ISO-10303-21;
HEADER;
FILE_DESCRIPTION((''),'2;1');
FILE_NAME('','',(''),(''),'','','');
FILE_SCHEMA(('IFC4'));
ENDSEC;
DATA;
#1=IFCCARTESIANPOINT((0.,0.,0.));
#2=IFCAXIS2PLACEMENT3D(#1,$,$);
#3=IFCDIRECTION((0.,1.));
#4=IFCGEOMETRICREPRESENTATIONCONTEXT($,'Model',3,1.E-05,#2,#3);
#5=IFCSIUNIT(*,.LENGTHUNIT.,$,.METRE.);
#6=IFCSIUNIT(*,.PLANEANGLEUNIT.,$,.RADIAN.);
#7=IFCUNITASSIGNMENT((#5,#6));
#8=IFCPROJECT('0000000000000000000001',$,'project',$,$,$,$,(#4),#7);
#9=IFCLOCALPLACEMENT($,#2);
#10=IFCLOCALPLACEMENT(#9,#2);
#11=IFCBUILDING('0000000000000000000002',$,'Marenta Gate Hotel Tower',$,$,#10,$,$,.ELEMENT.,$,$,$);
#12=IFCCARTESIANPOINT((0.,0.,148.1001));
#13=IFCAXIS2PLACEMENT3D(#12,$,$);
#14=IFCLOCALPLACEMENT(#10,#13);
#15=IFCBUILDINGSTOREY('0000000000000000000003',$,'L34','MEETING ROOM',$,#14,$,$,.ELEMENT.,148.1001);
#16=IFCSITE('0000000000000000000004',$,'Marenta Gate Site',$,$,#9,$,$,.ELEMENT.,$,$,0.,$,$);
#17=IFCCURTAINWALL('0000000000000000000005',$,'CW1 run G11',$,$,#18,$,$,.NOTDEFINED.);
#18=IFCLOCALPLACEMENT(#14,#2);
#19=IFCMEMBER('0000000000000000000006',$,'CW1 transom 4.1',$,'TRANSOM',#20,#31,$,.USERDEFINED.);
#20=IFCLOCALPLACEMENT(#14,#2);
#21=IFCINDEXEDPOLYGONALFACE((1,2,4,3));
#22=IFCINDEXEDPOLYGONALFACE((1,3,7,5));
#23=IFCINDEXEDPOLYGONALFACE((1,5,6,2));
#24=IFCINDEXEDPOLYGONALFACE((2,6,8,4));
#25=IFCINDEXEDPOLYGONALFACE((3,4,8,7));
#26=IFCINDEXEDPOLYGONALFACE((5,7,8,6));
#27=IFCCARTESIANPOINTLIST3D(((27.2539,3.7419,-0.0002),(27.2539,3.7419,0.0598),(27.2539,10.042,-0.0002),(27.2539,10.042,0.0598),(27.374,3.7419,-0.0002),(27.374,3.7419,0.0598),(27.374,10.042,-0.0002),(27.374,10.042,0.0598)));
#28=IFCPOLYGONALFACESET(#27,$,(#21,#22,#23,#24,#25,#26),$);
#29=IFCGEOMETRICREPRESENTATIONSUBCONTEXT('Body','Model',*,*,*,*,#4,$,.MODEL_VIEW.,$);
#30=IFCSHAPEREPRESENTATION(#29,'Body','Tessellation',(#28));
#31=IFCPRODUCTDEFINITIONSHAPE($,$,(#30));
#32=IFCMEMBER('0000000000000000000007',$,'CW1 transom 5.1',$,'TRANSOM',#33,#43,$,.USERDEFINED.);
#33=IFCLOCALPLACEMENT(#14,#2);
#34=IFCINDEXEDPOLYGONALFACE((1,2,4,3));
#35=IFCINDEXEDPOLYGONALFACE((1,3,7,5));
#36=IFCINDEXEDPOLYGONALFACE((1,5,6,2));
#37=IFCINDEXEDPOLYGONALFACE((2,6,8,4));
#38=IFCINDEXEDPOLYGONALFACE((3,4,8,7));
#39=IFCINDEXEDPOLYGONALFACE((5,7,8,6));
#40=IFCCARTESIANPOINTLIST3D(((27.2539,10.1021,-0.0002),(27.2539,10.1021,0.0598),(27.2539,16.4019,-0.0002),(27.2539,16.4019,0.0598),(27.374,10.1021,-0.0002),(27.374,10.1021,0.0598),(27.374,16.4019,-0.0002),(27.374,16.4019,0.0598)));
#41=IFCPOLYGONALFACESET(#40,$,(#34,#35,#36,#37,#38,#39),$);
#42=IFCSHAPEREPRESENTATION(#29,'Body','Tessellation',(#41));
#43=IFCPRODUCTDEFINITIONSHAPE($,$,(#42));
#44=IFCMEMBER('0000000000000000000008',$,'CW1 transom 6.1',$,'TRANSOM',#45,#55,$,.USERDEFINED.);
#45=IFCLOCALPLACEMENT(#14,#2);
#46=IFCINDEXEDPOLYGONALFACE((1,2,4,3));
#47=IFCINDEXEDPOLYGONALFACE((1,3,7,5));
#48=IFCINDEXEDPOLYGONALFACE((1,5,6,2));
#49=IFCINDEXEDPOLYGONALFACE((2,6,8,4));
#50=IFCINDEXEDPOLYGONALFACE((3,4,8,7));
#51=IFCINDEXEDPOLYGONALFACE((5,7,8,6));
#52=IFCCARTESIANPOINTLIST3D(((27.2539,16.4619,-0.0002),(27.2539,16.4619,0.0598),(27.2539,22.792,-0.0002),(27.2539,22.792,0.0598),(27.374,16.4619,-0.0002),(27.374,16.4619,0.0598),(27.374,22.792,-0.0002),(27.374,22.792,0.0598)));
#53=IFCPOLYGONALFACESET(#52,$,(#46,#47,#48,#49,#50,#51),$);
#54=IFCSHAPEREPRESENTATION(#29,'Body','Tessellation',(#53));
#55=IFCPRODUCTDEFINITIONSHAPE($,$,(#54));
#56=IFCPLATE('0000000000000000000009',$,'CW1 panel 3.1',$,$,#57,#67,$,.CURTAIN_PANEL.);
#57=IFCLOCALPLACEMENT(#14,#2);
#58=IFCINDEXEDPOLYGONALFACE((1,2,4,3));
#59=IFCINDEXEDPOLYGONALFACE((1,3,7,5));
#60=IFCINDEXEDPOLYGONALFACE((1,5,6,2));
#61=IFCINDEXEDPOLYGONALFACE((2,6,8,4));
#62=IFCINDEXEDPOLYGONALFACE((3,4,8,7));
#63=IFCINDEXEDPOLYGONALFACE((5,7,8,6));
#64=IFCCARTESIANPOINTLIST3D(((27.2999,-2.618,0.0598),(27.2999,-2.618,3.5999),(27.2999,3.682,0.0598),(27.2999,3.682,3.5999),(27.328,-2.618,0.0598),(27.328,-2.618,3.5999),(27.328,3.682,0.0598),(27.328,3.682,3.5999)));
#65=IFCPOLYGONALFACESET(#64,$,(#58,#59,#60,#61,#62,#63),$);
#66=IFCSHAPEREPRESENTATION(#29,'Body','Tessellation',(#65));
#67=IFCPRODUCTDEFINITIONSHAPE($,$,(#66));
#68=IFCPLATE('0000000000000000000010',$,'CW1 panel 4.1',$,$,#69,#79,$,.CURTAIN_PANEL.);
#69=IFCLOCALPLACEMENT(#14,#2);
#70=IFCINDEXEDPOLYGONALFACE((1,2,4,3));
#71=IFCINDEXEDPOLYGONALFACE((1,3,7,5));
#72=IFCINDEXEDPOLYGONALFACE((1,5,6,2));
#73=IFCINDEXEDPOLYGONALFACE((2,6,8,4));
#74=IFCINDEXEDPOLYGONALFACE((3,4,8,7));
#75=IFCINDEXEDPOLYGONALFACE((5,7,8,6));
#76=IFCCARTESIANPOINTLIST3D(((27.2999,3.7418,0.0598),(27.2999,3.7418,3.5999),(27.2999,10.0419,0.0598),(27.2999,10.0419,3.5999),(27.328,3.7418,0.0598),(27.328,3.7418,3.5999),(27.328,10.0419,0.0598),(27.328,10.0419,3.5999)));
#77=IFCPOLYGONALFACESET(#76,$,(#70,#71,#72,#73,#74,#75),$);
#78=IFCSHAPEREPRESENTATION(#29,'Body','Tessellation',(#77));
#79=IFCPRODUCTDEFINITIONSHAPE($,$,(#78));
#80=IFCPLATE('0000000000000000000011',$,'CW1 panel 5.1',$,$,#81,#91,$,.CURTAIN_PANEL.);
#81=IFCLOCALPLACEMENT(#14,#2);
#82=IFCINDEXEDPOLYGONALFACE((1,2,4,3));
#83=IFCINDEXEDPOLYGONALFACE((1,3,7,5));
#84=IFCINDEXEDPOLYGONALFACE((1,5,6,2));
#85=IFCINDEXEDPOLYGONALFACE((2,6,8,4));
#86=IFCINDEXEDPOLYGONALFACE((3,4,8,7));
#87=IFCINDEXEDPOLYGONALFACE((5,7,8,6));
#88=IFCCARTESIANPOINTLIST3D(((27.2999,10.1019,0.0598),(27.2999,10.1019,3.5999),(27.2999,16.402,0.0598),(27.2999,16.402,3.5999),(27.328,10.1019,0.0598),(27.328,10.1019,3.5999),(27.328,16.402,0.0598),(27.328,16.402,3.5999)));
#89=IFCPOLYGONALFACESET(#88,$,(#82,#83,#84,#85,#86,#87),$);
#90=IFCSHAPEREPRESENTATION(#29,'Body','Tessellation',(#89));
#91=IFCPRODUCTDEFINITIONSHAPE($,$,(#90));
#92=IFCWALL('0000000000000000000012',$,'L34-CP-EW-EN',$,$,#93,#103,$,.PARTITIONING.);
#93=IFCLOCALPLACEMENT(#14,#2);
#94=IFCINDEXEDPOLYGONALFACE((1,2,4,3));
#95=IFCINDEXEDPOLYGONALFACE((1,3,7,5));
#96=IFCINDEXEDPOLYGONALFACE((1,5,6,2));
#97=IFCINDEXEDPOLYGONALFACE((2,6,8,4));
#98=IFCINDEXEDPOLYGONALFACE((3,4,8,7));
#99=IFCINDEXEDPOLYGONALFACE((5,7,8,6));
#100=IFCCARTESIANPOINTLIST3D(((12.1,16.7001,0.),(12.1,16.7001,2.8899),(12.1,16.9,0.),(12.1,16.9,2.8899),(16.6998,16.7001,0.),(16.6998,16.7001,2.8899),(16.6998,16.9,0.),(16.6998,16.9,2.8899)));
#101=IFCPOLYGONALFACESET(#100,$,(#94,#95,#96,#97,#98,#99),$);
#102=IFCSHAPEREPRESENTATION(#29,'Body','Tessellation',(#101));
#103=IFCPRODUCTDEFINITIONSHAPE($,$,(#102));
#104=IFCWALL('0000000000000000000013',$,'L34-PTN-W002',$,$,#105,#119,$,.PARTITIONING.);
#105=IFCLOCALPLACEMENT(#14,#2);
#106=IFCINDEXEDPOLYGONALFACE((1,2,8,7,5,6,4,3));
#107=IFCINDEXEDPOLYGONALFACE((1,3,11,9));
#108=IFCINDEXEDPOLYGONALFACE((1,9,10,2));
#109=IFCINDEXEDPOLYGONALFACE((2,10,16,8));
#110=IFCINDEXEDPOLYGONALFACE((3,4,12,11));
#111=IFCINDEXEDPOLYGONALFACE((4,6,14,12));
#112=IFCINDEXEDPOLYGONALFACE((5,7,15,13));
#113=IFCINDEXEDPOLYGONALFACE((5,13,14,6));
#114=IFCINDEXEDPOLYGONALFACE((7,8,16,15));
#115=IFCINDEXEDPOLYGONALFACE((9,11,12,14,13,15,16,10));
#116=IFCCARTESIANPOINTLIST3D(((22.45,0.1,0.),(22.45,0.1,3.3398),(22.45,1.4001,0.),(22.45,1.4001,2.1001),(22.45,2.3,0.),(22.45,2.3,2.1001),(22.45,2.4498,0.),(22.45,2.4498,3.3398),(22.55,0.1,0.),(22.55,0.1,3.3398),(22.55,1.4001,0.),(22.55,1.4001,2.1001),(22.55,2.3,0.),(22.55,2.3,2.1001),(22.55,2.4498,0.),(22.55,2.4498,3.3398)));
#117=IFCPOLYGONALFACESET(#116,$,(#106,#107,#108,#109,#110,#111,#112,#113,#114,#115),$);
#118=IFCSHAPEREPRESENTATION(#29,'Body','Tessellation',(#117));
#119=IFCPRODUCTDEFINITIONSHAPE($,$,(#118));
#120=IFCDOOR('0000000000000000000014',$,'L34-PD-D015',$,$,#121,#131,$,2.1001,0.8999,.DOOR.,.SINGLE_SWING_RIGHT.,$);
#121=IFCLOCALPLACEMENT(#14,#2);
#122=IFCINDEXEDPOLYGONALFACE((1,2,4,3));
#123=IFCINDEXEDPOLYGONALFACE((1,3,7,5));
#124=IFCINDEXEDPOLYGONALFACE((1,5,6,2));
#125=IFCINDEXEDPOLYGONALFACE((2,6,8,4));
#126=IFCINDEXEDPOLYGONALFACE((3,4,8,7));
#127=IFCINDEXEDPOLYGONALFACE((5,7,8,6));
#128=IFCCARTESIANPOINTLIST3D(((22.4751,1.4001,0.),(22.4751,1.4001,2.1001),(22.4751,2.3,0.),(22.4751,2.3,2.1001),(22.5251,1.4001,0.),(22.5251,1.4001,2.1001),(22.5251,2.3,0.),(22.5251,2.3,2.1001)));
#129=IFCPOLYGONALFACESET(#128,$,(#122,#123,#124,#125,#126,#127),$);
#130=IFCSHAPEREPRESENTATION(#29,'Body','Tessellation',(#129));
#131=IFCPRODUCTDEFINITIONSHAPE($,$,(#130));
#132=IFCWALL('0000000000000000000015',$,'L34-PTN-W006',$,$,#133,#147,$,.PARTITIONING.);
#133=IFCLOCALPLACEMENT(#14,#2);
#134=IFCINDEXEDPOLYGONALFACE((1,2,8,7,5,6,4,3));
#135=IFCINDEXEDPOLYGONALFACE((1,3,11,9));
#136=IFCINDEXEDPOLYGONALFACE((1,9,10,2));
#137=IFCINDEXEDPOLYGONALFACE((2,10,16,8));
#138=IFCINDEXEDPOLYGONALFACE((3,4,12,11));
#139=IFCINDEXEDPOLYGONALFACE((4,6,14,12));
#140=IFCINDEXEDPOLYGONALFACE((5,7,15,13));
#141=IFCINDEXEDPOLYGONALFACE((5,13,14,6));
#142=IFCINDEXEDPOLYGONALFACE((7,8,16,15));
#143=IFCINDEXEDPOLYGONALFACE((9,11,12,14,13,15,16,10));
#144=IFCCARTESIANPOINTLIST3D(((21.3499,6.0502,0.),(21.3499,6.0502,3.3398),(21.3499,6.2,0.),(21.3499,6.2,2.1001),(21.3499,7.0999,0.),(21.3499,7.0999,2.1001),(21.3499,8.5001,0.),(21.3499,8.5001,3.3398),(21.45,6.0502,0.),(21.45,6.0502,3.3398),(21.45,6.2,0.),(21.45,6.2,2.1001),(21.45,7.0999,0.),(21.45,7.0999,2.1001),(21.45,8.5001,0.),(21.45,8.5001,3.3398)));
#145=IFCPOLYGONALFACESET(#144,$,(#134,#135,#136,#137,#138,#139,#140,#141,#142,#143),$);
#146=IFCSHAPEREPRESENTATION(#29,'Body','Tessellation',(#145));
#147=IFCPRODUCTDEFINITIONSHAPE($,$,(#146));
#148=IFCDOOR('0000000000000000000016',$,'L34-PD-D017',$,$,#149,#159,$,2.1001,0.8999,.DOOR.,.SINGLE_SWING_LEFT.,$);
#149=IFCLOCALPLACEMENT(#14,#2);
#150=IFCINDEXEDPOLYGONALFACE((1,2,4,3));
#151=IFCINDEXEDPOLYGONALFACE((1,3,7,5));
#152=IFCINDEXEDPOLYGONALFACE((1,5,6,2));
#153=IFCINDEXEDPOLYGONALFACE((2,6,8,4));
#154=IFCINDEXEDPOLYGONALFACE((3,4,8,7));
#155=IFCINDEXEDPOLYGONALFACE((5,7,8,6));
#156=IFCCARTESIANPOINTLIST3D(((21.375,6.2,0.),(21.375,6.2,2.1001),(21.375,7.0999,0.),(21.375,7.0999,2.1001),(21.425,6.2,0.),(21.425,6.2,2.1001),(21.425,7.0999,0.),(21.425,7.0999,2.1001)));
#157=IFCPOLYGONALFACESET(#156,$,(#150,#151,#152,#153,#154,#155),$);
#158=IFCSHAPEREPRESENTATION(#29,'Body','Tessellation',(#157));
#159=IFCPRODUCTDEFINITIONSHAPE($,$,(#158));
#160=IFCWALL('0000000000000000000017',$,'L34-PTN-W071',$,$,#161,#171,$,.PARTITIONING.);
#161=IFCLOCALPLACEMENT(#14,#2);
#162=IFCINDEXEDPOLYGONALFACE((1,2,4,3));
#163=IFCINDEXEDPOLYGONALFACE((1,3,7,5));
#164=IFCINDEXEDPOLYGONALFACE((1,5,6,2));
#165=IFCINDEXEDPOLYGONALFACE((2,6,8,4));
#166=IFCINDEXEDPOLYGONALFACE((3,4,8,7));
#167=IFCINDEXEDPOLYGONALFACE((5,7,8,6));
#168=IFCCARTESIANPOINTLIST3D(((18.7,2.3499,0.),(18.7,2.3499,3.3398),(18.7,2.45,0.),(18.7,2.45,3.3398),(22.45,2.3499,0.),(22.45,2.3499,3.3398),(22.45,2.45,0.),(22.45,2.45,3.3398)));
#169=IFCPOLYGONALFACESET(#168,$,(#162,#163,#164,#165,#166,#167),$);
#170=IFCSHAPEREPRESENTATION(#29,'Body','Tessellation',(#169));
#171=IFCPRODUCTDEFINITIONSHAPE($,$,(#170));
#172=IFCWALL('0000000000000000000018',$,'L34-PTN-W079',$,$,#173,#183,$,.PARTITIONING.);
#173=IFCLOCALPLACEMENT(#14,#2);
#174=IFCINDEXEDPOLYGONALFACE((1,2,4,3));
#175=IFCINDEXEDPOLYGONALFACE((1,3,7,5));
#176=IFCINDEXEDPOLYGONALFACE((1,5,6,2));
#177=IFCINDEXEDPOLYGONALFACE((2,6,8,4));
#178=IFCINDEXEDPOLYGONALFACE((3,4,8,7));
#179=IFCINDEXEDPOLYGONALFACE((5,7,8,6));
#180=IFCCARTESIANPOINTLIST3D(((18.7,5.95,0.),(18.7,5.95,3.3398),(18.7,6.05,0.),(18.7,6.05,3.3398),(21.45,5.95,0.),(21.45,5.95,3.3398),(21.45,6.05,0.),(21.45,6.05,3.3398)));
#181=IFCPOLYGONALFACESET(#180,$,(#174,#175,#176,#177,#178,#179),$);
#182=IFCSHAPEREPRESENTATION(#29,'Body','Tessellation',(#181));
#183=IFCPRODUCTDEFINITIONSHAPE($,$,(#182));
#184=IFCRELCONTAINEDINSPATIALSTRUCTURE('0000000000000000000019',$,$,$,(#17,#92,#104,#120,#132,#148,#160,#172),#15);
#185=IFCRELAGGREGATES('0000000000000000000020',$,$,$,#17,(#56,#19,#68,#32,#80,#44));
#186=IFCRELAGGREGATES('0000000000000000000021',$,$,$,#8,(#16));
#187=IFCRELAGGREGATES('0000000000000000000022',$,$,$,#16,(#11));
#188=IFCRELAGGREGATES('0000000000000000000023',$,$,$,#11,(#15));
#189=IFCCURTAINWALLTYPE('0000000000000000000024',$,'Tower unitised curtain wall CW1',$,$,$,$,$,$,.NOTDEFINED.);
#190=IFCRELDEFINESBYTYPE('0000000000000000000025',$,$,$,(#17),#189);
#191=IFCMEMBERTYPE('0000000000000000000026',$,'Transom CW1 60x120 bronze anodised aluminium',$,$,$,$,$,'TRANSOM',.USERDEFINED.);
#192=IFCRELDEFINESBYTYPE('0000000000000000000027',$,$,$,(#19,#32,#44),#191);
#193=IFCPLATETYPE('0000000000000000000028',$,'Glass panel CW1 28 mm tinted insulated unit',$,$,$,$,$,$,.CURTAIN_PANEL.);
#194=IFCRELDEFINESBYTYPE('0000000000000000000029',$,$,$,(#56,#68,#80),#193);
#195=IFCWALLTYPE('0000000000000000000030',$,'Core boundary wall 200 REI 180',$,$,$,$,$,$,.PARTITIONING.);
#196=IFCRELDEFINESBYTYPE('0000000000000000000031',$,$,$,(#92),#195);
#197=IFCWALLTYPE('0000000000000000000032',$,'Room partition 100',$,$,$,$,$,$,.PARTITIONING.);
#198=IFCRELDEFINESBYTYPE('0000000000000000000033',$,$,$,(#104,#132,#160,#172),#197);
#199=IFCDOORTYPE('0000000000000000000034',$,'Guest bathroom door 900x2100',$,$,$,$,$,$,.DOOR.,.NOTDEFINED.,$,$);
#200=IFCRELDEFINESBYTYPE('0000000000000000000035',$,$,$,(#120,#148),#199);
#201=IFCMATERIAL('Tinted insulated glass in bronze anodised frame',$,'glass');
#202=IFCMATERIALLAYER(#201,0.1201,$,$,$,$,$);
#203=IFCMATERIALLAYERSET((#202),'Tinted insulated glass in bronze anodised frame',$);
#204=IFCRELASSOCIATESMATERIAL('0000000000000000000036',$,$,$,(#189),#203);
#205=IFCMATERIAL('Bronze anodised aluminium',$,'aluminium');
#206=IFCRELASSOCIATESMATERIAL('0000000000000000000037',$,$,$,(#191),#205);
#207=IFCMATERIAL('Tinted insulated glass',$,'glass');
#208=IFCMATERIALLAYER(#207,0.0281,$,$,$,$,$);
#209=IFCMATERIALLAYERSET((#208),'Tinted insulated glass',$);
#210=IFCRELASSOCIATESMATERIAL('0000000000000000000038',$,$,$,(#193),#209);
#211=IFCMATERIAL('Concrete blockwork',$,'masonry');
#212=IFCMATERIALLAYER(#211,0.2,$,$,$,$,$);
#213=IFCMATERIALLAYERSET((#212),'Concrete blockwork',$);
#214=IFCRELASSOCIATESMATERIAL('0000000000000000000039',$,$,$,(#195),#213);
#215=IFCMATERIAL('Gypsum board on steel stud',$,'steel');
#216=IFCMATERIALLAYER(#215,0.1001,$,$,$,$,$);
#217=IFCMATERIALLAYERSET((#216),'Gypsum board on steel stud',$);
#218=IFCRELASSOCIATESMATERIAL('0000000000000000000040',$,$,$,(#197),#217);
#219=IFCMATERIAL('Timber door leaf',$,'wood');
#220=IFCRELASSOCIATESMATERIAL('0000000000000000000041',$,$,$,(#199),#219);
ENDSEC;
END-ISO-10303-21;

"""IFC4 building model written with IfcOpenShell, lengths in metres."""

from ifc_helpers import new_model, si_unit, direction, frame, frame_2d, origin, origin_2d, place, context, subcontext, project, spatial, rectangle, extrude, material, layer, layer_set, material_profile, profile_set, type_object, element, fill, aggregate, save


model = new_model("IFC4")

# Units and contexts
model_context = context("Model", 3, precision=1e-05, world=origin(), true_north=direction((0.0, 1.0)))
body_context = subcontext(model_context, "Body", "Model", "MODEL_VIEW")
ifc_project = project(units=[si_unit("LENGTHUNIT", "METRE"), si_unit("PLANEANGLEUNIT", "RADIAN")], contexts=[model_context])

# Site, building, storey
site_placement = place(None, origin())
site = spatial("IfcSite", under=ifc_project, at=site_placement, Name="Marenta Gate Site", CompositionType="ELEMENT", RefElevation=0.0)
building_placement = place(site_placement, origin())
building = spatial("IfcBuilding", under=site, at=building_placement, Name="Marenta Gate Hotel Tower", CompositionType="ELEMENT")
storey_placement = place(building_placement, frame((0.0, 0.0, 148.1001)))
storey = spatial("IfcBuildingStorey", under=building, at=storey_placement, Name="L34", Description="MEETING ROOM", CompositionType="ELEMENT", Elevation=148.1001)

# Curtain wall, members, plates
ifc_material_1 = material(Name="Tinted insulated glass in bronze anodised frame", Category="glass")
ifc_layer_1 = layer(ifc_material_1, 0.1201)
ifc_layer_set_1 = layer_set([ifc_layer_1], Name="Tinted insulated glass in bronze anodised frame")
curtain_wall_type = type_object("IfcCurtainWallType", Name="Tower unitised curtain wall CW1", PredefinedType="NOTDEFINED", material=ifc_layer_set_1)
curtain_wall_placement = place(storey_placement, origin())
curtain_wall = element("IfcCurtainWall", 1, at=curtain_wall_placement, inside=storey, type_object=curtain_wall_type, Name="CW1 run G11", PredefinedType="NOTDEFINED")
ifc_material_2 = material(Name="Bronze anodised aluminium", Category="aluminium")
ifc_material_profile_1 = material_profile(ifc_material_2, rectangle(XDim=0.1201, YDim=0.0601, at=origin_2d()), Name="Transom CW1 60x120 bronze anodised aluminium")
ifc_profile_set_1 = profile_set([ifc_material_profile_1], Name="Bronze anodised aluminium")
member_type_1 = type_object("IfcMemberType", Name="Transom CW1 60x120 bronze anodised aluminium", ElementType="TRANSOM", PredefinedType="USERDEFINED", material=ifc_profile_set_1)
member_1_placement = place(storey_placement, frame((27.314, 3.7419, 0.0298), z_axis=(0.0, 1.0, 0.0), x_axis=(-1.0, 0.0, 0.0)))
member_1 = element("IfcMember", 2, at=member_1_placement, type_object=member_type_1, Name="CW1 transom 4.1", ObjectType="TRANSOM", PredefinedType="USERDEFINED", context=body_context, shape_type="SweptSolid", body=[
    extrude(rectangle(XDim=0.1201, YDim=0.0601, at=origin_2d()), origin(), (0.0, 0.0, 1.0), 6.3),
])
member_2_placement = place(storey_placement, frame((27.314, 10.1021, 0.0298), z_axis=(0.0, 1.0, 0.0), x_axis=(-1.0, 0.0, 0.0)))
member_2 = element("IfcMember", 3, at=member_2_placement, type_object=member_type_1, Name="CW1 transom 5.1", ObjectType="TRANSOM", PredefinedType="USERDEFINED", context=body_context, shape_type="SweptSolid", body=[
    extrude(rectangle(XDim=0.1201, YDim=0.0601, at=origin_2d()), origin(), (0.0, 0.0, 1.0), 6.2998),
])
member_3_placement = place(storey_placement, frame((27.314, 16.4619, 0.0298), z_axis=(0.0, 1.0, 0.0), x_axis=(-1.0, 0.0, 0.0)))
member_3 = element("IfcMember", 4, at=member_3_placement, type_object=member_type_1, Name="CW1 transom 6.1", ObjectType="TRANSOM", PredefinedType="USERDEFINED", context=body_context, shape_type="SweptSolid", body=[
    extrude(rectangle(XDim=0.1201, YDim=0.0601, at=origin_2d()), origin(), (0.0, 0.0, 1.0), 6.3301),
])
ifc_material_3 = material(Name="Tinted insulated glass", Category="glass")
ifc_layer_2 = layer(ifc_material_3, 0.0281)
ifc_layer_set_2 = layer_set([ifc_layer_2], Name="Tinted insulated glass")
plate_type = type_object("IfcPlateType", Name="Glass panel CW1 28 mm tinted insulated unit", PredefinedType="CURTAIN_PANEL", material=ifc_layer_set_2)
plate_1_placement = place(storey_placement, frame((27.314, 0.532, 0.0598), z_axis=(0.0, 0.0, 1.0), x_axis=(0.0, 1.0, 0.0)))
plate_1 = element("IfcPlate", 5, at=plate_1_placement, type_object=plate_type, Name="CW1 panel 3.1", PredefinedType="CURTAIN_PANEL", context=body_context, shape_type="SweptSolid", body=[
    extrude(rectangle(XDim=6.3, YDim=0.0281, at=origin_2d()), origin(), (0.0, 0.0, 1.0), 3.54),
])
plate_2_placement = place(storey_placement, frame((27.314, 6.8918, 0.0598), z_axis=(0.0, 0.0, 1.0), x_axis=(0.0, 1.0, 0.0)))
plate_2 = element("IfcPlate", 6, at=plate_2_placement, type_object=plate_type, Name="CW1 panel 4.1", PredefinedType="CURTAIN_PANEL", context=body_context, shape_type="SweptSolid", body=[
    extrude(rectangle(XDim=6.3, YDim=0.0281, at=origin_2d()), origin(), (0.0, 0.0, 1.0), 3.54),
])
plate_3_placement = place(storey_placement, frame((27.314, 13.252, 0.0598), z_axis=(0.0, 0.0, 1.0), x_axis=(0.0, 1.0, 0.0)))
plate_3 = element("IfcPlate", 7, at=plate_3_placement, type_object=plate_type, Name="CW1 panel 5.1", PredefinedType="CURTAIN_PANEL", context=body_context, shape_type="SweptSolid", body=[
    extrude(rectangle(XDim=6.3, YDim=0.0281, at=origin_2d()), origin(), (0.0, 0.0, 1.0), 3.54),
])
aggregate(curtain_wall, [plate_1, member_1, plate_2, member_2, plate_3, member_3])

# Wall
ifc_material_4 = material(Name="Concrete blockwork", Category="masonry")
ifc_layer_3 = layer(ifc_material_4, 0.2)
ifc_layer_set_3 = layer_set([ifc_layer_3], Name="Concrete blockwork")
wall_type_1 = type_object("IfcWallType", Name="Core boundary wall 200 REI 180", PredefinedType="PARTITIONING", material=ifc_layer_set_3)
wall_1_placement = place(storey_placement, frame((12.1001, 16.8, 0.0), z_axis=(0.0, 0.0, 1.0), x_axis=(1.0, 0.0, 0.0)))
element("IfcWall", 8, at=wall_1_placement, inside=storey, type_object=wall_type_1, Name="L34-CP-EW-EN", PredefinedType="PARTITIONING", context=body_context, shape_type="SweptSolid", body=[
    extrude(rectangle(XDim=4.5999, YDim=0.2, at=frame_2d((2.2998, 0.0))), origin(), (0.0, 0.0, 1.0), 2.8899),
])

# Walls, openings, doors
ifc_material_5 = material(Name="Gypsum board on steel stud", Category="steel")
ifc_layer_4 = layer(ifc_material_5, 0.1001)
ifc_layer_set_4 = layer_set([ifc_layer_4], Name="Gypsum board on steel stud")
wall_type_2 = type_object("IfcWallType", Name="Room partition 100", PredefinedType="PARTITIONING", material=ifc_layer_set_4)
wall_2_placement = place(storey_placement, frame((22.5, 0.1001, 0.0), z_axis=(0.0, 0.0, 1.0), x_axis=(0.0, 1.0, 0.0)))
wall_2 = element("IfcWall", 9, at=wall_2_placement, inside=storey, type_object=wall_type_2, Name="L34-PTN-W002", PredefinedType="PARTITIONING", context=body_context, shape_type="SweptSolid", body=[
    extrude(rectangle(XDim=2.3499, YDim=0.1001, at=frame_2d((1.1748, 0.0))), origin(), (0.0, 0.0, 1.0), 3.3398),
])
opening_1_placement = place(wall_2_placement, frame((1.3, 0.0, 0.0)))
opening_1 = element("IfcOpeningElement", 10, at=opening_1_placement, cuts=wall_2, PredefinedType="OPENING", context=body_context, shape_type="SweptSolid", body=[
    extrude(rectangle(XDim=0.8999, YDim=2.1001, at=frame_2d((0.45, 1.05))), frame((0.0, 0.05, 0.0), z_axis=(0.0, -1.0, 0.0), x_axis=(1.0, 0.0, 0.0)), (0.0, 0.0, 1.0), 0.1001),
])
ifc_material_6 = material(Name="Timber door leaf", Category="wood")
door_type = type_object("IfcDoorType", Name="Guest bathroom door 900x2100", OperationType="NOTDEFINED", PredefinedType="DOOR", material=ifc_material_6)
door_1_placement = place(opening_1_placement, origin())
door_1 = element("IfcDoor", 11, at=door_1_placement, inside=storey, type_object=door_type, Name="L34-PD-D015", OperationType="SINGLE_SWING_RIGHT", OverallHeight=2.1001, OverallWidth=0.8999, PredefinedType="DOOR", context=body_context, shape_type="SweptSolid", body=[
    extrude(rectangle(XDim=0.8999, YDim=2.1001, at=frame_2d((0.45, 1.05))), frame((0.0, 0.0249, 0.0), z_axis=(0.0, -1.0, 0.0), x_axis=(1.0, 0.0, 0.0)), (0.0, 0.0, 1.0), 0.05),
])
fill(opening_1, door_1)
wall_3_placement = place(storey_placement, frame((21.3999, 6.05, 0.0), z_axis=(0.0, 0.0, 1.0), x_axis=(0.0, 1.0, 0.0)))
wall_3 = element("IfcWall", 12, at=wall_3_placement, inside=storey, type_object=wall_type_2, Name="L34-PTN-W006", PredefinedType="PARTITIONING", context=body_context, shape_type="SweptSolid", body=[
    extrude(rectangle(XDim=2.45, YDim=0.1001, at=frame_2d((1.2251, 0.0))), origin(), (0.0, 0.0, 1.0), 3.3398),
])
opening_2_placement = place(wall_3_placement, frame((0.1499, 0.0, 0.0)))
opening_2 = element("IfcOpeningElement", 13, at=opening_2_placement, cuts=wall_3, PredefinedType="OPENING", context=body_context, shape_type="SweptSolid", body=[
    extrude(rectangle(XDim=0.8999, YDim=2.1001, at=frame_2d((0.45, 1.05))), frame((0.0, 0.05, 0.0), z_axis=(0.0, -1.0, 0.0), x_axis=(1.0, 0.0, 0.0)), (0.0, 0.0, 1.0), 0.1001),
])
door_2_placement = place(opening_2_placement, origin())
door_2 = element("IfcDoor", 14, at=door_2_placement, inside=storey, type_object=door_type, Name="L34-PD-D017", OperationType="SINGLE_SWING_LEFT", OverallHeight=2.1001, OverallWidth=0.8999, PredefinedType="DOOR", context=body_context, shape_type="SweptSolid", body=[
    extrude(rectangle(XDim=0.8999, YDim=2.1001, at=frame_2d((0.45, 1.05))), frame((0.0, 0.0249, 0.0), z_axis=(0.0, -1.0, 0.0), x_axis=(1.0, 0.0, 0.0)), (0.0, 0.0, 1.0), 0.05),
])
fill(opening_2, door_2)

# Walls
wall_4_placement = place(storey_placement, frame((18.7, 2.3999, 0.0), z_axis=(0.0, 0.0, 1.0), x_axis=(1.0, 0.0, 0.0)))
element("IfcWall", 15, at=wall_4_placement, inside=storey, type_object=wall_type_2, Name="L34-PTN-W071", PredefinedType="PARTITIONING", context=body_context, shape_type="SweptSolid", body=[
    extrude(rectangle(XDim=3.75, YDim=0.1001, at=frame_2d((1.875, 0.0))), origin(), (0.0, 0.0, 1.0), 3.3398),
])
wall_5_placement = place(storey_placement, frame((18.7, 6.0, 0.0), z_axis=(0.0, 0.0, 1.0), x_axis=(1.0, 0.0, 0.0)))
element("IfcWall", 16, at=wall_5_placement, inside=storey, type_object=wall_type_2, Name="L34-PTN-W079", PredefinedType="PARTITIONING", context=body_context, shape_type="SweptSolid", body=[
    extrude(rectangle(XDim=2.75, YDim=0.1001, at=frame_2d((1.375, 0.0))), origin(), (0.0, 0.0, 1.0), 3.3398),
])

save(model, "model.ifc")
